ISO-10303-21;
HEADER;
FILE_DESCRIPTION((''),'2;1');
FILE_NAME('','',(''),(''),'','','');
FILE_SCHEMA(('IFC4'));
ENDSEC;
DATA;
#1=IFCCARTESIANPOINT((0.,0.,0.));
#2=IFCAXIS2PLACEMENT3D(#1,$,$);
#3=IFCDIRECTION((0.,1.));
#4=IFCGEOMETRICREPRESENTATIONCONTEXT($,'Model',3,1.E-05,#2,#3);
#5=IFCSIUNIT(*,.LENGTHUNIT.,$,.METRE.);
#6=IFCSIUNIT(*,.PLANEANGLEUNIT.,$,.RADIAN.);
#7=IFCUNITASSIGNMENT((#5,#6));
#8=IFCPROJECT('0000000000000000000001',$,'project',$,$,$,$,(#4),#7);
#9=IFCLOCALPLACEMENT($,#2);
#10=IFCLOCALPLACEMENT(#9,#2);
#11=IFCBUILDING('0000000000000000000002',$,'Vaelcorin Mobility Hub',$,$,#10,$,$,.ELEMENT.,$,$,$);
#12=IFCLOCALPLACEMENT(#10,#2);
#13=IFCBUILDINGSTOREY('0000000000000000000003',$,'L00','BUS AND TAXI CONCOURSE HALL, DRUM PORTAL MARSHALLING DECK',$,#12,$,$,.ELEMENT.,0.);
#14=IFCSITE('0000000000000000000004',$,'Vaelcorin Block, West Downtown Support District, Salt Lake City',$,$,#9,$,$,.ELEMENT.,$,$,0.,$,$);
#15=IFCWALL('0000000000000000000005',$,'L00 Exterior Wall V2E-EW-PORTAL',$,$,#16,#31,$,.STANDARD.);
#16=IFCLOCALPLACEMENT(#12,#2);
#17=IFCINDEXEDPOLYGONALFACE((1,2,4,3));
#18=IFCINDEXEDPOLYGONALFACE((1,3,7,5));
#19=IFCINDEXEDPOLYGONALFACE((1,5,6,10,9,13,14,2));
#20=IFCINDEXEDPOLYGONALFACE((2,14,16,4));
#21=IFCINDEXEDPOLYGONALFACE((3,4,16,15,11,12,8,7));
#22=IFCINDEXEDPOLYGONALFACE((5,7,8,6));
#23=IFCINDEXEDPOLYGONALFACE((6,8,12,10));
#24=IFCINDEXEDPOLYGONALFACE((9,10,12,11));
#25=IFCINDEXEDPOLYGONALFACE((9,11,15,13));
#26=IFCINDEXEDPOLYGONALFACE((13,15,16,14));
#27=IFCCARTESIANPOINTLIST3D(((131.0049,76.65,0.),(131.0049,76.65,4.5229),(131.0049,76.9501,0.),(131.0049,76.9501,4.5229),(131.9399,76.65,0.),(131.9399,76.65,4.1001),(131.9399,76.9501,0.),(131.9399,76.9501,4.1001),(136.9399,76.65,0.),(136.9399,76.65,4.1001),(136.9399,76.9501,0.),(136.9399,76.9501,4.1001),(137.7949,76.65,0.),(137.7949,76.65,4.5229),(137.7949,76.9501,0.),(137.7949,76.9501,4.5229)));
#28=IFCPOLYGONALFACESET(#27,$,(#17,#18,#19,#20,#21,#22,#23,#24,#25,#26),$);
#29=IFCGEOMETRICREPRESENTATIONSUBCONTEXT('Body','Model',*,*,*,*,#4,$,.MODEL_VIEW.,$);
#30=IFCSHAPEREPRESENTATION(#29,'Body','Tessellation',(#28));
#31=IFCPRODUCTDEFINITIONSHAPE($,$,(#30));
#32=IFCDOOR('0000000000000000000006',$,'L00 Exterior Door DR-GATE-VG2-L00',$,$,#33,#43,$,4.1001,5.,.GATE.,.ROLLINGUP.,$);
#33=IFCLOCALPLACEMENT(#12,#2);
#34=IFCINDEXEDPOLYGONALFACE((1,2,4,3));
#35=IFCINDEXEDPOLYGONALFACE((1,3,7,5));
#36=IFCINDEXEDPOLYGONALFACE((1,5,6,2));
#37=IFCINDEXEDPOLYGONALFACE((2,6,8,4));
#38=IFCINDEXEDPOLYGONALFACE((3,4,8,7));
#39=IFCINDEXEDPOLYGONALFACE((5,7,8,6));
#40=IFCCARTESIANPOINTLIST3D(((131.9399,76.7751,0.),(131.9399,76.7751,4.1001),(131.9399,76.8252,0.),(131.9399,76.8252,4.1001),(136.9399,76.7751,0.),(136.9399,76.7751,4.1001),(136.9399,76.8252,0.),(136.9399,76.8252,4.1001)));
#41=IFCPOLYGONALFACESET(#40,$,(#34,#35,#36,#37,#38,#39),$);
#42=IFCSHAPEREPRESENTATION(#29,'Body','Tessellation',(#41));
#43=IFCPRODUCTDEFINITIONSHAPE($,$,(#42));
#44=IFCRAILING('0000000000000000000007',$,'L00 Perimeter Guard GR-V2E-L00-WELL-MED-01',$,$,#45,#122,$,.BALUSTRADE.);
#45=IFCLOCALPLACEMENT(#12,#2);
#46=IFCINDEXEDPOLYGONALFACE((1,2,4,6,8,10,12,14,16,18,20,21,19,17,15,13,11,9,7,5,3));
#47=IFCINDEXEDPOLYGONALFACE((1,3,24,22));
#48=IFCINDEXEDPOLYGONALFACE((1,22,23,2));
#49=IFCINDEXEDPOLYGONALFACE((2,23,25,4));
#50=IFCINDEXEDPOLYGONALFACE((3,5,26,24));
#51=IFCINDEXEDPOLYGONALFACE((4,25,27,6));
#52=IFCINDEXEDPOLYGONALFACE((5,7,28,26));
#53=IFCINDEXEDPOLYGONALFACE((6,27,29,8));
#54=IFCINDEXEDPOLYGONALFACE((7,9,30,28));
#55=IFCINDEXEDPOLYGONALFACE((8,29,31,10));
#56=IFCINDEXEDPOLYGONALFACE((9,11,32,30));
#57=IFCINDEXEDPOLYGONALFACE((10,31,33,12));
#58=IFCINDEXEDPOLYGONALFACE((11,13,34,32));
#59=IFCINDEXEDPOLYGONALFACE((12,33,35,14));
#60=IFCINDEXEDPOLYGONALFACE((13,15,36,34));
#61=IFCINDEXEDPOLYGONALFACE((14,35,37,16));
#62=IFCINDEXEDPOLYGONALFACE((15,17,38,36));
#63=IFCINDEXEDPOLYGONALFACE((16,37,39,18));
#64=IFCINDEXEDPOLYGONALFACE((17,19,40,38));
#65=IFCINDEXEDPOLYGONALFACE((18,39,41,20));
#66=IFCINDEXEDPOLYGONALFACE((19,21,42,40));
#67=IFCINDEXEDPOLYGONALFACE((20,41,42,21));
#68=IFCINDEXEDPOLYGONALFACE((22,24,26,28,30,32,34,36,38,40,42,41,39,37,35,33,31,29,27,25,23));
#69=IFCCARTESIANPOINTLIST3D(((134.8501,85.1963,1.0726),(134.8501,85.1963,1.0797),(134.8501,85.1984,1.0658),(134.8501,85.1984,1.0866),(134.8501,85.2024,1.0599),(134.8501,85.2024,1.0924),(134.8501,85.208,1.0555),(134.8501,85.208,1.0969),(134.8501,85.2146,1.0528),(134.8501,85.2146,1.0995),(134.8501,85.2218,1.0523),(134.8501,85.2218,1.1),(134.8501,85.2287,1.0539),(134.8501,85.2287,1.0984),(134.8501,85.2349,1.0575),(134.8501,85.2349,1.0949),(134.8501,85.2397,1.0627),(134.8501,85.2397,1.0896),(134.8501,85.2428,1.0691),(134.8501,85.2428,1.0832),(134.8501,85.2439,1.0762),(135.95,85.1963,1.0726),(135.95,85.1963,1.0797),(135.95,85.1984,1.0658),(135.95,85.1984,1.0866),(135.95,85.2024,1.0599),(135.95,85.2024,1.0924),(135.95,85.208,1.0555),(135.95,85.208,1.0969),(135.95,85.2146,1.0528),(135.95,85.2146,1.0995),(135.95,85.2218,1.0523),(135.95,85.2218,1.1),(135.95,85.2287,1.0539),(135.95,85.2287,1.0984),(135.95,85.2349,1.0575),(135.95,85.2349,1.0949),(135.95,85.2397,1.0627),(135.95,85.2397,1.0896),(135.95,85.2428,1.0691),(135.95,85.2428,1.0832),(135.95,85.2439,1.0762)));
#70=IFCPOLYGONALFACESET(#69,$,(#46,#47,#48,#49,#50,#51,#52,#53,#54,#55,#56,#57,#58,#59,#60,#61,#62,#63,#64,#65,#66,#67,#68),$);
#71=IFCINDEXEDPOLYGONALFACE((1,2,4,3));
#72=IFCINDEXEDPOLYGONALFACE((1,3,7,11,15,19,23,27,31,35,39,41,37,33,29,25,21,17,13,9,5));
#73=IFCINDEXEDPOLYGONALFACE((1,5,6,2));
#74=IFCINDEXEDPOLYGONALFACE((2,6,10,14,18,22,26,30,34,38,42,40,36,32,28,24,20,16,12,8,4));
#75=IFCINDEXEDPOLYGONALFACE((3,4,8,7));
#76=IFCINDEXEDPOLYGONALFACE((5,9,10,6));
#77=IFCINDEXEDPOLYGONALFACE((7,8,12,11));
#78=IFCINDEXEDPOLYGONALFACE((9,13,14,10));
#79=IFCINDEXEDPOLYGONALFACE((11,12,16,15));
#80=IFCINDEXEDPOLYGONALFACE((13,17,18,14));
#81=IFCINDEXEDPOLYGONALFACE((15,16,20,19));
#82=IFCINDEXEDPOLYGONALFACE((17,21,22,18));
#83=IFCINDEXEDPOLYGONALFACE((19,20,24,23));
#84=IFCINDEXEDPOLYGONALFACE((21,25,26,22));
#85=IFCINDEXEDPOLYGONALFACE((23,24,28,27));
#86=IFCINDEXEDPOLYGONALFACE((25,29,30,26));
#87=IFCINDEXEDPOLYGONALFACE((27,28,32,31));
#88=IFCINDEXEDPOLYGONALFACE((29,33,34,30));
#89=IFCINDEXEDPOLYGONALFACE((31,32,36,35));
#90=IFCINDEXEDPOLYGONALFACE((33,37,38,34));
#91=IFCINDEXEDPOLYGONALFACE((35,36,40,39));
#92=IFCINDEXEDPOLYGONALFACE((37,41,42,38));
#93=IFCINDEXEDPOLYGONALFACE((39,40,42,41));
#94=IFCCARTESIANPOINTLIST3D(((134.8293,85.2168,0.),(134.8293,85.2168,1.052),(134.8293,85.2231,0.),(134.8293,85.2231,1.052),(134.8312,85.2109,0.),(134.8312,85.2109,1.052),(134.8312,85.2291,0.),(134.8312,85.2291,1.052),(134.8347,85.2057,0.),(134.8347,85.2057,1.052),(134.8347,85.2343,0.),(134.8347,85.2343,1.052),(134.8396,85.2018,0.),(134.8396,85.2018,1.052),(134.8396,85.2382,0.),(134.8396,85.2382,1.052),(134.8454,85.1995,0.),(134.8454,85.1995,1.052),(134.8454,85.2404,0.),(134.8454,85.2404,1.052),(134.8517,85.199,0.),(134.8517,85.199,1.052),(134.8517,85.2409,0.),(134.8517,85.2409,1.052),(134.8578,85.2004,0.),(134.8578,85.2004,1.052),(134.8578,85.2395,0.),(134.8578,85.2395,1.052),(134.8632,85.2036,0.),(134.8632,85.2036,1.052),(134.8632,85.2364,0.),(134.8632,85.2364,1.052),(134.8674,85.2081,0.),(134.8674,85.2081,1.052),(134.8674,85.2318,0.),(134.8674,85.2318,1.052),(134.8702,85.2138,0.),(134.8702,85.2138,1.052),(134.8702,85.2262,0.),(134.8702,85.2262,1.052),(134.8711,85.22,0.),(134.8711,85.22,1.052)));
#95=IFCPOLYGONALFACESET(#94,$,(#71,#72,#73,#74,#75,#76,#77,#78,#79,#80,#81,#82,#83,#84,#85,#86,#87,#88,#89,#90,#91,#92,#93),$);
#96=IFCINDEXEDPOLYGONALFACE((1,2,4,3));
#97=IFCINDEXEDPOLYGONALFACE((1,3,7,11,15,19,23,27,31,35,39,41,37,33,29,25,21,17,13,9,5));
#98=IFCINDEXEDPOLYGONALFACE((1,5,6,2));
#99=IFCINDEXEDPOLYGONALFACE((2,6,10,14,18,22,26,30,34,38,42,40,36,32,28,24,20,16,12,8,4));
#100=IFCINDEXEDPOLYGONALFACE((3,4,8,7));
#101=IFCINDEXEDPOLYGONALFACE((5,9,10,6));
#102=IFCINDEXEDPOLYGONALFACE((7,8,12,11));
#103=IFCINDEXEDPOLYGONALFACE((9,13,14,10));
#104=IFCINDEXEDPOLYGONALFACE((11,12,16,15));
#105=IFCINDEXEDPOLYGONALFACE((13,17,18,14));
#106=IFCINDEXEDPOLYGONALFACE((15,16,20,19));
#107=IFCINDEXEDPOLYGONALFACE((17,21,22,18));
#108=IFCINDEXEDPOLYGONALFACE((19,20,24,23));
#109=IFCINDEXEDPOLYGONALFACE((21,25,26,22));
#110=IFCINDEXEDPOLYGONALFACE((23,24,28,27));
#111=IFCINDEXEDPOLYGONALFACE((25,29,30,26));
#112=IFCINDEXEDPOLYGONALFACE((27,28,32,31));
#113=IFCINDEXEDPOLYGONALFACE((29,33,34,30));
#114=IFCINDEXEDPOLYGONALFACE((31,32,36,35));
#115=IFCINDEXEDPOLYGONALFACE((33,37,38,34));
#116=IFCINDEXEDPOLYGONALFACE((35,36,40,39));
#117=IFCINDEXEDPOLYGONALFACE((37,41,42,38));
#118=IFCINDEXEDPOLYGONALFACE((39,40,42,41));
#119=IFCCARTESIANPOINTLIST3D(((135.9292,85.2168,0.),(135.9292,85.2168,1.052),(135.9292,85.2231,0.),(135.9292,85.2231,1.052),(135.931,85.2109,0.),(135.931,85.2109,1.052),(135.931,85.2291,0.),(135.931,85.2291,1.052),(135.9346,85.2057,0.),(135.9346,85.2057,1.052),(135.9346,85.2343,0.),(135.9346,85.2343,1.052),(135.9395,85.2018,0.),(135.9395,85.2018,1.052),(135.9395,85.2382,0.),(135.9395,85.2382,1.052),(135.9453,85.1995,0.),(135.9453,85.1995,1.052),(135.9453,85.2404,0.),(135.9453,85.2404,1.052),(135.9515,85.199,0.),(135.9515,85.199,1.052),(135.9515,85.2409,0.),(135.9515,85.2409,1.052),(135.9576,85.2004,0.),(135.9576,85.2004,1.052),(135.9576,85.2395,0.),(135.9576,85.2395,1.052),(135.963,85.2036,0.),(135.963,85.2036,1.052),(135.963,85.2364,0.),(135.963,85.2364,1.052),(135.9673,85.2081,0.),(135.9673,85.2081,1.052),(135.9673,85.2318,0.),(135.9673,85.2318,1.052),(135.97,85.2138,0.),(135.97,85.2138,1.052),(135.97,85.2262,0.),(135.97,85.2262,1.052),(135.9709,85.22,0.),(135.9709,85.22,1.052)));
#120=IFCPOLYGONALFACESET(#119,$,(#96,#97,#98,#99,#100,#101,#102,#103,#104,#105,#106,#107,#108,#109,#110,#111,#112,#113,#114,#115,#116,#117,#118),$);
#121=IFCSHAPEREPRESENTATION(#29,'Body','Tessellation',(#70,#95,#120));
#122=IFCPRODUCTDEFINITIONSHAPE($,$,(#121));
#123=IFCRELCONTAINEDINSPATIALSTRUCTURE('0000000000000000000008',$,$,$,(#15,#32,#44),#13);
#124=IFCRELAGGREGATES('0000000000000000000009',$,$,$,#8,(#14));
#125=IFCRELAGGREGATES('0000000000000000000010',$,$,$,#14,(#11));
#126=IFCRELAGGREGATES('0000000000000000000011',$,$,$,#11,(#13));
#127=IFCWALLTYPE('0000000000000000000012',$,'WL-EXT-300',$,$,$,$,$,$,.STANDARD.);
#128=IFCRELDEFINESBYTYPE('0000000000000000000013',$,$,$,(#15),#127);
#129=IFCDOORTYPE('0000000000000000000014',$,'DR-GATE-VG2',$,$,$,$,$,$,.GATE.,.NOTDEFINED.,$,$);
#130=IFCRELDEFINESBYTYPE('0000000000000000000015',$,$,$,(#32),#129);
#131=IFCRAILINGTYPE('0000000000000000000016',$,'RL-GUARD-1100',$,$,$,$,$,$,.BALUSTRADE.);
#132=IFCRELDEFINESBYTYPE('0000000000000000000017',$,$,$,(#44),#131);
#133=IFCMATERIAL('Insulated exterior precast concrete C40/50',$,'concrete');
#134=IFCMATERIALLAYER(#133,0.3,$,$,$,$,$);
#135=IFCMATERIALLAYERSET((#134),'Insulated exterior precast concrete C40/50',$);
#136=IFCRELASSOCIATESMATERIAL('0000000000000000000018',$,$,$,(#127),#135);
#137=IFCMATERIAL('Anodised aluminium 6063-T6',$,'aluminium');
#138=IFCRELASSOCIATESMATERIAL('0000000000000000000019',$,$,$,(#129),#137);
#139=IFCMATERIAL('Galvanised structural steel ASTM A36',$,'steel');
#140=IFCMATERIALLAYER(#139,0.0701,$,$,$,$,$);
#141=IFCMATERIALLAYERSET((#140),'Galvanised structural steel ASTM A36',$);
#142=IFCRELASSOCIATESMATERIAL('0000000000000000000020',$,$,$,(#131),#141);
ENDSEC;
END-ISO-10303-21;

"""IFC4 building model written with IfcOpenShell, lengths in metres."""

from ifc_helpers import new_model, si_unit, direction, frame, frame_2d, origin, origin_2d, place, context, subcontext, project, spatial, rectangle, circle, extrude, material, layer, layer_set, type_object, element, fill, save


model = new_model("IFC4")

# Units and contexts
model_context = context("Model", 3, precision=1e-05, world=origin(), true_north=direction((0.0, 1.0)))
body_context = subcontext(model_context, "Body", "Model", "MODEL_VIEW")
ifc_project = project(units=[si_unit("LENGTHUNIT", "METRE"), si_unit("PLANEANGLEUNIT", "RADIAN")], contexts=[model_context])

# Site, building, storey
site_placement = place(None, origin())
site = spatial("IfcSite", under=ifc_project, at=site_placement, Name="Vaelcorin Block, West Downtown Support District, Salt Lake City", CompositionType="ELEMENT", RefElevation=0.0)
building_placement = place(site_placement, origin())
building = spatial("IfcBuilding", under=site, at=building_placement, Name="Vaelcorin Mobility Hub", CompositionType="ELEMENT")
storey_placement = place(building_placement, origin())
storey = spatial("IfcBuildingStorey", under=building, at=storey_placement, Name="L00", Description="BUS AND TAXI CONCOURSE HALL, DRUM PORTAL MARSHALLING DECK", CompositionType="ELEMENT", Elevation=0.0)

# Shared definitions
ifc_material_1 = material(Name="Anodised aluminium 6063-T6", Category="aluminium")

# Wall, opening, door
ifc_material_2 = material(Name="Insulated exterior precast concrete C40/50", Category="concrete")
ifc_layer_1 = layer(ifc_material_2, 0.3)
ifc_layer_set_1 = layer_set([ifc_layer_1], Name="Insulated exterior precast concrete C40/50")
wall_type = type_object("IfcWallType", Name="WL-EXT-300", PredefinedType="STANDARD", material=ifc_layer_set_1)
wall_placement = place(storey_placement, frame((137.7949, 76.8, 0.0), z_axis=(0.0, 0.0, 1.0), x_axis=(-1.0, 0.0, 0.0)))
wall = element("IfcWall", 1, at=wall_placement, inside=storey, type_object=wall_type, Name="L00 Exterior Wall V2E-EW-PORTAL", PredefinedType="STANDARD", context=body_context, shape_type="SweptSolid", body=[
    extrude(rectangle(XDim=6.79, YDim=0.3, at=frame_2d((3.395, 0.0))), origin(), (0.0, 0.0, 1.0), 4.5229),
])
opening_placement = place(wall_placement, frame((0.855, 0.0, 0.0)))
opening = element("IfcOpeningElement", 2, at=opening_placement, cuts=wall, PredefinedType="OPENING", context=body_context, shape_type="SweptSolid", body=[
    extrude(rectangle(XDim=5.0, YDim=4.1001, at=frame_2d((2.5, 2.05))), frame((0.0, 0.1599, 0.0), z_axis=(0.0, -1.0, 0.0), x_axis=(1.0, 0.0, 0.0)), (0.0, 0.0, 1.0), 0.3201),
])
door_type = type_object("IfcDoorType", Name="DR-GATE-VG2", OperationType="NOTDEFINED", PredefinedType="GATE", material=ifc_material_1)
door_placement = place(opening_placement, origin())
door = element("IfcDoor", 3, at=door_placement, inside=storey, type_object=door_type, Name="L00 Exterior Door DR-GATE-VG2-L00", OperationType="ROLLINGUP", OverallHeight=4.1001, OverallWidth=5.0, PredefinedType="GATE", context=body_context, shape_type="SweptSolid", body=[
    extrude(rectangle(XDim=5.0, YDim=4.1001, at=frame_2d((2.5, 2.05))), frame((0.0, 0.0249, 0.0), z_axis=(0.0, -1.0, 0.0), x_axis=(1.0, 0.0, 0.0)), (0.0, 0.0, 1.0), 0.05),
])
fill(opening, door)

# Railing
ifc_material_3 = material(Name="Galvanised structural steel ASTM A36", Category="steel")
ifc_layer_2 = layer(ifc_material_3, 0.0701)
ifc_layer_set_2 = layer_set([ifc_layer_2], Name="Galvanised structural steel ASTM A36")
railing_type = type_object("IfcRailingType", Name="RL-GUARD-1100", PredefinedType="BALUSTRADE", material=ifc_layer_set_2)
railing_1_placement = place(storey_placement, frame((134.8501, 85.22, 0.0)))
element("IfcRailing", 4, at=railing_1_placement, inside=storey, type_object=railing_type, Name="L00 Perimeter Guard GR-V2E-L00-WELL-MED-01", PredefinedType="BALUSTRADE", context=body_context, shape_type="SweptSolid", body=[
    extrude(circle(Radius=0.0239, at=origin_2d()), frame((0.0, 0.0, 1.0762), z_axis=(1.0, 0.0, 0.0), x_axis=(0.0, 1.0, 0.0)), (0.0, 0.0, 1.0), 1.0999),
    extrude(circle(Radius=0.021, at=origin_2d()), origin(), (0.0, 0.0, 1.0), 1.052),
    extrude(circle(Radius=0.021, at=origin_2d()), frame((1.0999, 0.0, 0.0)), (0.0, 0.0, 1.0), 1.052),
])

save(model, "model.ifc")
